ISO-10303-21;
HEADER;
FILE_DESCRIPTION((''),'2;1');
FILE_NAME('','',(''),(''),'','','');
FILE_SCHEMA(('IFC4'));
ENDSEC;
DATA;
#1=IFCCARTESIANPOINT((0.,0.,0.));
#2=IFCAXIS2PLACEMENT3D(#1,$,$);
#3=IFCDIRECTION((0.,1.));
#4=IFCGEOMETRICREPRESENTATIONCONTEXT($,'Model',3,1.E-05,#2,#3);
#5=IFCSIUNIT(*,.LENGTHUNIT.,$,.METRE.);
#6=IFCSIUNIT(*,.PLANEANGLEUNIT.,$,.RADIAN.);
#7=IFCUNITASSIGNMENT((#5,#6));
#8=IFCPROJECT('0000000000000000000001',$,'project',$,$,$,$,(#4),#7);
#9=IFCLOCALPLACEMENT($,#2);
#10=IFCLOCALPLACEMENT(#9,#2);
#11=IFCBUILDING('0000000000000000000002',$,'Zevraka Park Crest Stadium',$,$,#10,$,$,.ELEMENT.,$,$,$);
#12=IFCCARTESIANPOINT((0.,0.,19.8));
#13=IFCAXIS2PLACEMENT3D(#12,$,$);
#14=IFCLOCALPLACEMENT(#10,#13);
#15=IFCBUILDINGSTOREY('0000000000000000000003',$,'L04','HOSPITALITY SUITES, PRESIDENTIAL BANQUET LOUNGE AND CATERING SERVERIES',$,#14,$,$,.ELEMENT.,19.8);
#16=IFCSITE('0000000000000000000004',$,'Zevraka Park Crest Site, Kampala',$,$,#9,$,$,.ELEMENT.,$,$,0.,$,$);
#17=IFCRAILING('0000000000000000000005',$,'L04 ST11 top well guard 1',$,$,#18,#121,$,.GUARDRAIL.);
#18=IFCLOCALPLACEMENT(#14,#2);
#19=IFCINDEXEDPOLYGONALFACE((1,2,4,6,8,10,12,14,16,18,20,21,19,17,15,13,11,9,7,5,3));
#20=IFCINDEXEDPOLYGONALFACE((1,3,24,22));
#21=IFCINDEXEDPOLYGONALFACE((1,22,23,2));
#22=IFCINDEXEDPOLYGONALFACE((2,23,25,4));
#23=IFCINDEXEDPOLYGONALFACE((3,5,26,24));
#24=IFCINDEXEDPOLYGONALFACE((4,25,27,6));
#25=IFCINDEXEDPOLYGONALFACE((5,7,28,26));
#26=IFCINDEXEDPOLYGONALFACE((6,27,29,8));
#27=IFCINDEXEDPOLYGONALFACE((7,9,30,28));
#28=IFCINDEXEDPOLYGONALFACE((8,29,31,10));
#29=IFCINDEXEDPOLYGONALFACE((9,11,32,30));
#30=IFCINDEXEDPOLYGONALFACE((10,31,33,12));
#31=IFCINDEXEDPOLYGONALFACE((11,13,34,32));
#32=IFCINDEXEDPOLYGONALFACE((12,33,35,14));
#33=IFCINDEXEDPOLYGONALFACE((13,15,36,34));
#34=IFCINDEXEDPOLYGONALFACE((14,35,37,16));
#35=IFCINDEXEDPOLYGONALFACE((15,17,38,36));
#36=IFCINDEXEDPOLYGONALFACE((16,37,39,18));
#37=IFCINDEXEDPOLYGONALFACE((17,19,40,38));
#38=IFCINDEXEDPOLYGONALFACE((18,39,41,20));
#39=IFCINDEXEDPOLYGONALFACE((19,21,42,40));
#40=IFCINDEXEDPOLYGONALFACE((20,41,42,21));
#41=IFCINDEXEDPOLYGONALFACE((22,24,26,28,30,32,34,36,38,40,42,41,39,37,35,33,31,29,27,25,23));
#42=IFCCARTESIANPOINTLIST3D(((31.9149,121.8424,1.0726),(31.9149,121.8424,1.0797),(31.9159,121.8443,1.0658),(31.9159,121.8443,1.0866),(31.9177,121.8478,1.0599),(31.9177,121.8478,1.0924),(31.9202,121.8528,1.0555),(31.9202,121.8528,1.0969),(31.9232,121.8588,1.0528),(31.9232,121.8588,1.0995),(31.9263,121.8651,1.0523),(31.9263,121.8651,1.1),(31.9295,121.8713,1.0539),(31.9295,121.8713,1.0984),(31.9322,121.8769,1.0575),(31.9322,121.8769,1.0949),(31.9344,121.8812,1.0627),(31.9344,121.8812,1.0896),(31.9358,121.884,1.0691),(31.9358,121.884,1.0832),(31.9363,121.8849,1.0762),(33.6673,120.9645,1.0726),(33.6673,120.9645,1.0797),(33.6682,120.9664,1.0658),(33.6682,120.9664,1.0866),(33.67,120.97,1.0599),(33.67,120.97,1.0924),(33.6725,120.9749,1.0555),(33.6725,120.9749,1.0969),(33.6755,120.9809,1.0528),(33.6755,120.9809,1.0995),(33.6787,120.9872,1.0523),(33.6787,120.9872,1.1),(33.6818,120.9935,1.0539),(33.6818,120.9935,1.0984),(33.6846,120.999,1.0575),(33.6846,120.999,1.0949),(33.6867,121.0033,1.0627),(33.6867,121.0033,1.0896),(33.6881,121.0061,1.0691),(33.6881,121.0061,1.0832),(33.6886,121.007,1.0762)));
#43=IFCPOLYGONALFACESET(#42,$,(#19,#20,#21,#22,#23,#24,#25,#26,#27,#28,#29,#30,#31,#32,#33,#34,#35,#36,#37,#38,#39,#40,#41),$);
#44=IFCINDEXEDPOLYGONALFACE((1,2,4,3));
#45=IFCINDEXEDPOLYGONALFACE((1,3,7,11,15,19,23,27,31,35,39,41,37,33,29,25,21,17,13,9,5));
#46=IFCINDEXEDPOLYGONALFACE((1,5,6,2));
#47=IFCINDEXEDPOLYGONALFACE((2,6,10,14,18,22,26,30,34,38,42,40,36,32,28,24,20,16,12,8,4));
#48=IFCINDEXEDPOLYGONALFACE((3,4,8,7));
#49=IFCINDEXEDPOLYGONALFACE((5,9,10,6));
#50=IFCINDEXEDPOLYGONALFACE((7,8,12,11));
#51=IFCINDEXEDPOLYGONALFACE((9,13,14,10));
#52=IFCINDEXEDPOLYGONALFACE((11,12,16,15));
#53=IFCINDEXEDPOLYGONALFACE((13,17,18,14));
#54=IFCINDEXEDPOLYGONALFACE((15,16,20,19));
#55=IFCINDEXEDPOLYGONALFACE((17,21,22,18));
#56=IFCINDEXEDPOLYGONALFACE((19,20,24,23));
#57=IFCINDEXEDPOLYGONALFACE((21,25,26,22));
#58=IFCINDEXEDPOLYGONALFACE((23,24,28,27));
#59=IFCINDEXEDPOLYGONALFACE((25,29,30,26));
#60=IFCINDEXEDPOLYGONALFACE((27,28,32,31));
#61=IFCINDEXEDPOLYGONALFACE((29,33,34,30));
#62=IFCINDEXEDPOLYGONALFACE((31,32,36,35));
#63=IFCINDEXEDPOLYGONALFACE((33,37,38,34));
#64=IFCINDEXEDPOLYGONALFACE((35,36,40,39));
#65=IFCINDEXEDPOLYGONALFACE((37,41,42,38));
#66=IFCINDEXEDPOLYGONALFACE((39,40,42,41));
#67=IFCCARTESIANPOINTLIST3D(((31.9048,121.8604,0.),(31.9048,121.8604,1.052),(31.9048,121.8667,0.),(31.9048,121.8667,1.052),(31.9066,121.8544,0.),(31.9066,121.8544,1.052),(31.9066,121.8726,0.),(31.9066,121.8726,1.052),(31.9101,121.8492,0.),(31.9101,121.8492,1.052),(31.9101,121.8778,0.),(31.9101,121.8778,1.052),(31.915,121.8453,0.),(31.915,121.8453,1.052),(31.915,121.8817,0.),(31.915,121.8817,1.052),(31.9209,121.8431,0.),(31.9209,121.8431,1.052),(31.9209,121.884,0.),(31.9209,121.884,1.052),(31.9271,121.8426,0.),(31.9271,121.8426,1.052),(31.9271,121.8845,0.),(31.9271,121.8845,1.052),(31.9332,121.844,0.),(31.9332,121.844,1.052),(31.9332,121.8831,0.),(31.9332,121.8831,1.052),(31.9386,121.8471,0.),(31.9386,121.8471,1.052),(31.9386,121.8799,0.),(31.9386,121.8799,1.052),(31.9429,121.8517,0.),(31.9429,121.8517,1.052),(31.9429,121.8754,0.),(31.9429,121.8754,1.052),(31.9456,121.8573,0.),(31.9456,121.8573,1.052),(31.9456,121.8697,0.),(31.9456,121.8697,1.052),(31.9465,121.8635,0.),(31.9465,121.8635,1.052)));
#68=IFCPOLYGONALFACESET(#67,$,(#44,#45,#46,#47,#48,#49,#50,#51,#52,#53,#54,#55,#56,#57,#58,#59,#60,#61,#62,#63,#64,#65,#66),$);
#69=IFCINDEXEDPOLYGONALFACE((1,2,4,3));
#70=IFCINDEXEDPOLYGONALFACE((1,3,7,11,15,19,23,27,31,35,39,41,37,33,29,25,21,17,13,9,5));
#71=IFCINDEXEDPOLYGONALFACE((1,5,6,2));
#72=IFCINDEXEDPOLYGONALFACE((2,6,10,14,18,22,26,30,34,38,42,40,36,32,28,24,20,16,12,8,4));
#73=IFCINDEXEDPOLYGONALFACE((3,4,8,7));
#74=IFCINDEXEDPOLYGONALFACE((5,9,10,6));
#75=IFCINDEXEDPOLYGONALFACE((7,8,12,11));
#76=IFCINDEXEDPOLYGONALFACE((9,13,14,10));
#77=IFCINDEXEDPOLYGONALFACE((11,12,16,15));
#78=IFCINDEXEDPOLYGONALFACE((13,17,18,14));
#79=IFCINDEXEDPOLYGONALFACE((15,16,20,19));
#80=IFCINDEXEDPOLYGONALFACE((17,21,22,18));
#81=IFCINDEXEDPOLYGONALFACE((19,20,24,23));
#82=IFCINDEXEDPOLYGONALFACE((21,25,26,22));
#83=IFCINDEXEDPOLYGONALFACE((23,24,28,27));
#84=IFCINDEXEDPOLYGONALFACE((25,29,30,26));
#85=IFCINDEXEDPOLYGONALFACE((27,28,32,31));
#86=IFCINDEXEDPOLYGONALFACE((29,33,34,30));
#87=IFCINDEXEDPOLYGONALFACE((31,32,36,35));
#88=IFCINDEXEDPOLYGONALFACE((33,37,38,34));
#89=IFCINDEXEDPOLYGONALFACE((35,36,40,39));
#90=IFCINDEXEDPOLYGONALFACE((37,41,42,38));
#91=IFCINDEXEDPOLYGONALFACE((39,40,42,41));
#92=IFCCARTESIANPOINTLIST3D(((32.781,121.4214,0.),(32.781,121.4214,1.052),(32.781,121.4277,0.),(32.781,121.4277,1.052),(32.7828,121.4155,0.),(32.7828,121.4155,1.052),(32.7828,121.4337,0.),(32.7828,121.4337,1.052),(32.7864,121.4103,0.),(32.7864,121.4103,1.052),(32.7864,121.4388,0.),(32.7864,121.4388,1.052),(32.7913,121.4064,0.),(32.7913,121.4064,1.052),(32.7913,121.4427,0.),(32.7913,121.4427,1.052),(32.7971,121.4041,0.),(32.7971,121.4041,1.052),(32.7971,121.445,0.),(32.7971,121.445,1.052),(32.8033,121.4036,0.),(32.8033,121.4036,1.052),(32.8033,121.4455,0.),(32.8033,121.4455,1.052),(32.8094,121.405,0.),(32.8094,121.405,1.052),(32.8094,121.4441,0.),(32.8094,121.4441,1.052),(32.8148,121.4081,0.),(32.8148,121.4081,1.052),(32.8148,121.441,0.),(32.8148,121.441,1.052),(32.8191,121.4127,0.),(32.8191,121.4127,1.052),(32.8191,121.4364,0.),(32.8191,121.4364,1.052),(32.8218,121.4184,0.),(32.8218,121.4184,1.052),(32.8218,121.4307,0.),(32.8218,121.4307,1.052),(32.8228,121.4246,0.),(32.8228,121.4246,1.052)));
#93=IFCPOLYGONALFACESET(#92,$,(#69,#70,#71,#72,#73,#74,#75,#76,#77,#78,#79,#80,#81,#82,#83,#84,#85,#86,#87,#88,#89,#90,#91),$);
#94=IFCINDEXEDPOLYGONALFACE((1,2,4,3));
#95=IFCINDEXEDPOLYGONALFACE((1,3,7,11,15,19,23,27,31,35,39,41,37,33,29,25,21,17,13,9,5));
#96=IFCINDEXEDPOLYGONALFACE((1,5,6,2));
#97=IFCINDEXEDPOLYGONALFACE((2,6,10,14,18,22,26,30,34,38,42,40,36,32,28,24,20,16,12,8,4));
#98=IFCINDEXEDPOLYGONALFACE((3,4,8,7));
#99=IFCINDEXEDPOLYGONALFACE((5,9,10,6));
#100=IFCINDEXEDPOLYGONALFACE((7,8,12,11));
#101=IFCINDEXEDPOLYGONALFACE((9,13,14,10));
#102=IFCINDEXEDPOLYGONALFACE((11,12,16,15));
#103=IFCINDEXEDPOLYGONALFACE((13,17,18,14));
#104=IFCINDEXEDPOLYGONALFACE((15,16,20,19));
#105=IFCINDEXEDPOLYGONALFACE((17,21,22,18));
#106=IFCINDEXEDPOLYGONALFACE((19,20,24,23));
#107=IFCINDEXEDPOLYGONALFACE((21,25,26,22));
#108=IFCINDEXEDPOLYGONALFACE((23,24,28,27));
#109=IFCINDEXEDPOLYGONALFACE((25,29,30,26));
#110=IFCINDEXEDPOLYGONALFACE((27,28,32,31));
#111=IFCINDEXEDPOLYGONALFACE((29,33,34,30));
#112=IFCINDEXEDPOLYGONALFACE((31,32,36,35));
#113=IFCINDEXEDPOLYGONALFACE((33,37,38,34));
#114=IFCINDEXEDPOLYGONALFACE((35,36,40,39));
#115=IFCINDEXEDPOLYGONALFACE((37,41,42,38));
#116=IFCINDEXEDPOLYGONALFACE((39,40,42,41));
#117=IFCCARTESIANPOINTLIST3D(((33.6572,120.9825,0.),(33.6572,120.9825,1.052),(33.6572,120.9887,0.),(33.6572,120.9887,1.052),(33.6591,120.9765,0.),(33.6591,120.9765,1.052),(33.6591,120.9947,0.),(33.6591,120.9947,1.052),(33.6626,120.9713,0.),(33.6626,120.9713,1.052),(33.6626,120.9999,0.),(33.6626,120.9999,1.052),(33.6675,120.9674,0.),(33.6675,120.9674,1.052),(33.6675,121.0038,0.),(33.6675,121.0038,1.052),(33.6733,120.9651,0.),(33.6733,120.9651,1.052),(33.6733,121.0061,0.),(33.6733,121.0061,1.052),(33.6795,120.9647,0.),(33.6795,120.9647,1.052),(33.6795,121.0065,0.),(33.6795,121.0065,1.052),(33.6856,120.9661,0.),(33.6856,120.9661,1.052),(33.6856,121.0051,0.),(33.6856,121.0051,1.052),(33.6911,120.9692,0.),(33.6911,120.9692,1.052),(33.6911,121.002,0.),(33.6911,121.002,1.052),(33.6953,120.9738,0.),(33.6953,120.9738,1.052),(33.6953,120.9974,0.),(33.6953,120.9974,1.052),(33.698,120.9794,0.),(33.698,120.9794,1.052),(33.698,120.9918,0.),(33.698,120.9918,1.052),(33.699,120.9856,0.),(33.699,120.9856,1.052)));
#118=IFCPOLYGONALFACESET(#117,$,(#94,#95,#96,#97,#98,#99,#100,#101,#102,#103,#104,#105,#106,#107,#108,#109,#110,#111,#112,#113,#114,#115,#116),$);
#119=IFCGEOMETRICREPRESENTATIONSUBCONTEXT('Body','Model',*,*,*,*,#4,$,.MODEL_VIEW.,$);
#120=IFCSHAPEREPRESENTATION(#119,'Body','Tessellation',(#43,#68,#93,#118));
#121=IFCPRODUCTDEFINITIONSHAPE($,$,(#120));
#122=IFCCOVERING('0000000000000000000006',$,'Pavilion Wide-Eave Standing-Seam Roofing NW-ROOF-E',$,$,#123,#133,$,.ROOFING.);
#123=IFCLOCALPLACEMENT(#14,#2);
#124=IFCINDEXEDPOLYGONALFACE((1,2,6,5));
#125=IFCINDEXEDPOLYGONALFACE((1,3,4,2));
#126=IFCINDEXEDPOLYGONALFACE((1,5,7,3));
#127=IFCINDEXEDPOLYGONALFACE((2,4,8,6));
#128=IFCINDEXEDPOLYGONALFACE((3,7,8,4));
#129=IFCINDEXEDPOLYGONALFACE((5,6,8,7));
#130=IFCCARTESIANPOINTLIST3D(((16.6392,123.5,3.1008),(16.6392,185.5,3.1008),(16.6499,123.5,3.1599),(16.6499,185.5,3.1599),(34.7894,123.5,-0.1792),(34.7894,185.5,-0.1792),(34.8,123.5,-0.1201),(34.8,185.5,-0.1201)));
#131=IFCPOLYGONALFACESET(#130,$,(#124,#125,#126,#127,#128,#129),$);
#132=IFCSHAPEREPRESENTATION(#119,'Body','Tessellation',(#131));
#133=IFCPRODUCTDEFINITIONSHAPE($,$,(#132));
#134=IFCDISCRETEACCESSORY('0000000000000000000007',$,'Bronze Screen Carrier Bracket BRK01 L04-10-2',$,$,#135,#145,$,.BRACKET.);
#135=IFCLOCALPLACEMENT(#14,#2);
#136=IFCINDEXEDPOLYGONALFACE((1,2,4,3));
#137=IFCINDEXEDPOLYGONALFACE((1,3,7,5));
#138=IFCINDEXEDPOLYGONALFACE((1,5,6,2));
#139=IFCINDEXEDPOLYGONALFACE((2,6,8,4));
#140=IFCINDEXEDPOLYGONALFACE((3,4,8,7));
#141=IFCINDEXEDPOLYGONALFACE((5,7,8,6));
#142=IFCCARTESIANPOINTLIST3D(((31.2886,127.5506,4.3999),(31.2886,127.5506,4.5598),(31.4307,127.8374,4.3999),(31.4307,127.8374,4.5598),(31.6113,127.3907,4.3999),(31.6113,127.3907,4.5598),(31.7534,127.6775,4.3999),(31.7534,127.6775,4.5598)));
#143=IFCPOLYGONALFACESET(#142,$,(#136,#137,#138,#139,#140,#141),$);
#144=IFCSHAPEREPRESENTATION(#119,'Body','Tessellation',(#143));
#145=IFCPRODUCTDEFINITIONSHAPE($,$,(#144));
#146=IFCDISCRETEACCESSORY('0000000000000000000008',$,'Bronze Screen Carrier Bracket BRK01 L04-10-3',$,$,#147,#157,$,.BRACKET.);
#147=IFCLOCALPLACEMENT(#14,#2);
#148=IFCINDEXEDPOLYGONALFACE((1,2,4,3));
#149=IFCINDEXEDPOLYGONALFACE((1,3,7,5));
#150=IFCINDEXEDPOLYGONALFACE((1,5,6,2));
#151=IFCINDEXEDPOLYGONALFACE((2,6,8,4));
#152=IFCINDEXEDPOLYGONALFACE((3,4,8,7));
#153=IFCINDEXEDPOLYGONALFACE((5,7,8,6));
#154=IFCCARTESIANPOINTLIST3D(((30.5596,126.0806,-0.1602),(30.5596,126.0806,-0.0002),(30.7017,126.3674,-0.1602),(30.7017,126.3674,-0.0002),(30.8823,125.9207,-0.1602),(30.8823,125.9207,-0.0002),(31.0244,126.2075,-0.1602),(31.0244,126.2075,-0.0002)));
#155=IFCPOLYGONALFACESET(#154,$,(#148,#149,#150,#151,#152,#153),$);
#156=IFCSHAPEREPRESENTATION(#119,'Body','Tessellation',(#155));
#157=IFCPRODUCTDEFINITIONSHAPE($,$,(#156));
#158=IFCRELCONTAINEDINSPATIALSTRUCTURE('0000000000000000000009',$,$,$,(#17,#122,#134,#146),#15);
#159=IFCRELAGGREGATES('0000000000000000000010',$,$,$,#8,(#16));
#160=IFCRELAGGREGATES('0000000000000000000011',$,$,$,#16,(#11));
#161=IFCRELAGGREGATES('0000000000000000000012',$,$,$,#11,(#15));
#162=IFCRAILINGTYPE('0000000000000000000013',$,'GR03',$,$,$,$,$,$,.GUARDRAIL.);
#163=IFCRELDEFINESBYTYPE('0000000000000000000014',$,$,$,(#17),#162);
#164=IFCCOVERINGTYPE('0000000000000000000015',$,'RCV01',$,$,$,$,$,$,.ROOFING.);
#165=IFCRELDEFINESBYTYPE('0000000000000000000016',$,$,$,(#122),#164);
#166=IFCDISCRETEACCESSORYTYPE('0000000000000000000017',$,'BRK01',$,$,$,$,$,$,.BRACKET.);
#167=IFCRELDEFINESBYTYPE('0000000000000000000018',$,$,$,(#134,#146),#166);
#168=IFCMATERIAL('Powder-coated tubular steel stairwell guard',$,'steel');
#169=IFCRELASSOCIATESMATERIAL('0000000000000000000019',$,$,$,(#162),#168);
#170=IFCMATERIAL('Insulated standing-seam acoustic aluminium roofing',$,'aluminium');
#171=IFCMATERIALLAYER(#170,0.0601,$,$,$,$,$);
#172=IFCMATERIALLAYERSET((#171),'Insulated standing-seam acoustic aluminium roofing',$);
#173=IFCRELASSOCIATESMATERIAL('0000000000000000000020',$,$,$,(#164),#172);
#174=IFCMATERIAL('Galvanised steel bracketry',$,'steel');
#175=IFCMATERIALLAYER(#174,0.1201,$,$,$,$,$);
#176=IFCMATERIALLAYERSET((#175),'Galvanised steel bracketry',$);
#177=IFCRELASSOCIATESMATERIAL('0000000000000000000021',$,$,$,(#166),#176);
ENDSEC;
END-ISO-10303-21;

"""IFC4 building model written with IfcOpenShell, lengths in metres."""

from ifc_helpers import new_model, si_unit, direction, frame, origin, origin_2d, place, context, subcontext, project, spatial, polyline, rectangle, circle, outline, extrude, material, layer, layer_set, type_object, element, save


model = new_model("IFC4")

# Units and contexts
model_context = context("Model", 3, precision=1e-05, world=origin(), true_north=direction((0.0, 1.0)))
body_context = subcontext(model_context, "Body", "Model", "MODEL_VIEW")
ifc_project = project(units=[si_unit("LENGTHUNIT", "METRE"), si_unit("PLANEANGLEUNIT", "RADIAN")], contexts=[model_context])

# Site, building, storey
site_placement = place(None, origin())
site = spatial("IfcSite", under=ifc_project, at=site_placement, Name="Zevraka Park Crest Site, Kampala", CompositionType="ELEMENT", RefElevation=0.0)
building_placement = place(site_placement, origin())
building = spatial("IfcBuilding", under=site, at=building_placement, Name="Zevraka Park Crest Stadium", CompositionType="ELEMENT")
storey_placement = place(building_placement, frame((0.0, 0.0, 19.8)))
storey = spatial("IfcBuildingStorey", under=building, at=storey_placement, Name="L04", Description="HOSPITALITY SUITES, PRESIDENTIAL BANQUET LOUNGE AND CATERING SERVERIES", CompositionType="ELEMENT", Elevation=19.8)

# Railing
ifc_material_1 = material(Name="Powder-coated tubular steel stairwell guard", Category="steel")
railing_type_1 = type_object("IfcRailingType", Name="GR03", PredefinedType="GUARDRAIL", material=ifc_material_1)
railing_1_placement = place(storey_placement, frame((31.9255, 121.8635, 0.0)))
element("IfcRailing", 1, at=railing_1_placement, inside=storey, type_object=railing_type_1, Name="L04 ST11 top well guard 1", PredefinedType="GUARDRAIL", context=body_context, shape_type="SweptSolid", body=[
    extrude(circle(Radius=0.0239, at=origin_2d()), frame((0.0, 0.0, 1.0762), z_axis=(0.894078, -0.447911, 0.0), x_axis=(0.447911, 0.894078, 0.0)), (0.0, 0.0, 1.0), 1.96),
    extrude(circle(Radius=0.021, at=origin_2d()), origin(), (0.0, 0.0, 1.0), 1.052),
    extrude(circle(Radius=0.021, at=origin_2d()), frame((0.8762, -0.439, 0.0)), (0.0, 0.0, 1.0), 1.052),
    extrude(circle(Radius=0.021, at=origin_2d()), frame((1.7524, -0.8779, 0.0)), (0.0, 0.0, 1.0), 1.052),
])

# Covering
ifc_material_2 = material(Name="Insulated standing-seam acoustic aluminium roofing", Category="aluminium")
ifc_layer_1 = layer(ifc_material_2, 0.0601)
ifc_layer_set_1 = layer_set([ifc_layer_1], Name="Insulated standing-seam acoustic aluminium roofing")
covering_type_1 = type_object("IfcCoveringType", Name="RCV01", PredefinedType="ROOFING", material=ifc_layer_set_1)
covering_1_placement = place(storey_placement, frame((34.8, 123.5, -0.1201), z_axis=(0.177836, 0.0, 0.98406), x_axis=(0.0, 1.0, 0.0)))
element("IfcCovering", 2, at=covering_1_placement, inside=storey, type_object=covering_type_1, Name="Pavilion Wide-Eave Standing-Seam Roofing NW-ROOF-E", PredefinedType="ROOFING", context=body_context, shape_type="SweptSolid", body=[
    extrude(outline(polyline([(0.0, 0.0), (62.0, 0.0), (62.0, 18.4441), (0.0, 18.4441), (0.0, 0.0)])), origin(), (0.0, 0.0, -1.0), 0.0601),
])

# Discrete accessories
ifc_material_3 = material(Name="Galvanised steel bracketry", Category="steel")
ifc_layer_2 = layer(ifc_material_3, 0.1201)
ifc_layer_set_2 = layer_set([ifc_layer_2], Name="Galvanised steel bracketry")
discrete_accessory_type = type_object("IfcDiscreteAccessoryType", Name="BRK01", PredefinedType="BRACKET", material=ifc_layer_set_2)
for number, where, z_axis, x_axis, name in (
    (3, (31.521, 127.614, 4.3999), (0.0, 0.0, 1.0), (-0.44401, -0.896022, 0.0), "Bronze Screen Carrier Bracket BRK01 L04-10-2"),
    (4, (30.792, 126.144, -0.1602), (0.0, 0.0, 1.0), (-0.44401, -0.896022, 0.0), "Bronze Screen Carrier Bracket BRK01 L04-10-3"),
):
    element("IfcDiscreteAccessory", number, at=place(storey_placement, frame(where, z_axis=z_axis, x_axis=x_axis)), inside=storey, type_object=discrete_accessory_type, Name=name, PredefinedType="BRACKET", context=body_context, shape_type="SweptSolid", body=[
        extrude(rectangle(XDim=0.3201, YDim=0.3601, at=origin_2d()), origin(), (0.0, 0.0, 1.0), 0.1599),
    ])

save(model, "model.ifc")
